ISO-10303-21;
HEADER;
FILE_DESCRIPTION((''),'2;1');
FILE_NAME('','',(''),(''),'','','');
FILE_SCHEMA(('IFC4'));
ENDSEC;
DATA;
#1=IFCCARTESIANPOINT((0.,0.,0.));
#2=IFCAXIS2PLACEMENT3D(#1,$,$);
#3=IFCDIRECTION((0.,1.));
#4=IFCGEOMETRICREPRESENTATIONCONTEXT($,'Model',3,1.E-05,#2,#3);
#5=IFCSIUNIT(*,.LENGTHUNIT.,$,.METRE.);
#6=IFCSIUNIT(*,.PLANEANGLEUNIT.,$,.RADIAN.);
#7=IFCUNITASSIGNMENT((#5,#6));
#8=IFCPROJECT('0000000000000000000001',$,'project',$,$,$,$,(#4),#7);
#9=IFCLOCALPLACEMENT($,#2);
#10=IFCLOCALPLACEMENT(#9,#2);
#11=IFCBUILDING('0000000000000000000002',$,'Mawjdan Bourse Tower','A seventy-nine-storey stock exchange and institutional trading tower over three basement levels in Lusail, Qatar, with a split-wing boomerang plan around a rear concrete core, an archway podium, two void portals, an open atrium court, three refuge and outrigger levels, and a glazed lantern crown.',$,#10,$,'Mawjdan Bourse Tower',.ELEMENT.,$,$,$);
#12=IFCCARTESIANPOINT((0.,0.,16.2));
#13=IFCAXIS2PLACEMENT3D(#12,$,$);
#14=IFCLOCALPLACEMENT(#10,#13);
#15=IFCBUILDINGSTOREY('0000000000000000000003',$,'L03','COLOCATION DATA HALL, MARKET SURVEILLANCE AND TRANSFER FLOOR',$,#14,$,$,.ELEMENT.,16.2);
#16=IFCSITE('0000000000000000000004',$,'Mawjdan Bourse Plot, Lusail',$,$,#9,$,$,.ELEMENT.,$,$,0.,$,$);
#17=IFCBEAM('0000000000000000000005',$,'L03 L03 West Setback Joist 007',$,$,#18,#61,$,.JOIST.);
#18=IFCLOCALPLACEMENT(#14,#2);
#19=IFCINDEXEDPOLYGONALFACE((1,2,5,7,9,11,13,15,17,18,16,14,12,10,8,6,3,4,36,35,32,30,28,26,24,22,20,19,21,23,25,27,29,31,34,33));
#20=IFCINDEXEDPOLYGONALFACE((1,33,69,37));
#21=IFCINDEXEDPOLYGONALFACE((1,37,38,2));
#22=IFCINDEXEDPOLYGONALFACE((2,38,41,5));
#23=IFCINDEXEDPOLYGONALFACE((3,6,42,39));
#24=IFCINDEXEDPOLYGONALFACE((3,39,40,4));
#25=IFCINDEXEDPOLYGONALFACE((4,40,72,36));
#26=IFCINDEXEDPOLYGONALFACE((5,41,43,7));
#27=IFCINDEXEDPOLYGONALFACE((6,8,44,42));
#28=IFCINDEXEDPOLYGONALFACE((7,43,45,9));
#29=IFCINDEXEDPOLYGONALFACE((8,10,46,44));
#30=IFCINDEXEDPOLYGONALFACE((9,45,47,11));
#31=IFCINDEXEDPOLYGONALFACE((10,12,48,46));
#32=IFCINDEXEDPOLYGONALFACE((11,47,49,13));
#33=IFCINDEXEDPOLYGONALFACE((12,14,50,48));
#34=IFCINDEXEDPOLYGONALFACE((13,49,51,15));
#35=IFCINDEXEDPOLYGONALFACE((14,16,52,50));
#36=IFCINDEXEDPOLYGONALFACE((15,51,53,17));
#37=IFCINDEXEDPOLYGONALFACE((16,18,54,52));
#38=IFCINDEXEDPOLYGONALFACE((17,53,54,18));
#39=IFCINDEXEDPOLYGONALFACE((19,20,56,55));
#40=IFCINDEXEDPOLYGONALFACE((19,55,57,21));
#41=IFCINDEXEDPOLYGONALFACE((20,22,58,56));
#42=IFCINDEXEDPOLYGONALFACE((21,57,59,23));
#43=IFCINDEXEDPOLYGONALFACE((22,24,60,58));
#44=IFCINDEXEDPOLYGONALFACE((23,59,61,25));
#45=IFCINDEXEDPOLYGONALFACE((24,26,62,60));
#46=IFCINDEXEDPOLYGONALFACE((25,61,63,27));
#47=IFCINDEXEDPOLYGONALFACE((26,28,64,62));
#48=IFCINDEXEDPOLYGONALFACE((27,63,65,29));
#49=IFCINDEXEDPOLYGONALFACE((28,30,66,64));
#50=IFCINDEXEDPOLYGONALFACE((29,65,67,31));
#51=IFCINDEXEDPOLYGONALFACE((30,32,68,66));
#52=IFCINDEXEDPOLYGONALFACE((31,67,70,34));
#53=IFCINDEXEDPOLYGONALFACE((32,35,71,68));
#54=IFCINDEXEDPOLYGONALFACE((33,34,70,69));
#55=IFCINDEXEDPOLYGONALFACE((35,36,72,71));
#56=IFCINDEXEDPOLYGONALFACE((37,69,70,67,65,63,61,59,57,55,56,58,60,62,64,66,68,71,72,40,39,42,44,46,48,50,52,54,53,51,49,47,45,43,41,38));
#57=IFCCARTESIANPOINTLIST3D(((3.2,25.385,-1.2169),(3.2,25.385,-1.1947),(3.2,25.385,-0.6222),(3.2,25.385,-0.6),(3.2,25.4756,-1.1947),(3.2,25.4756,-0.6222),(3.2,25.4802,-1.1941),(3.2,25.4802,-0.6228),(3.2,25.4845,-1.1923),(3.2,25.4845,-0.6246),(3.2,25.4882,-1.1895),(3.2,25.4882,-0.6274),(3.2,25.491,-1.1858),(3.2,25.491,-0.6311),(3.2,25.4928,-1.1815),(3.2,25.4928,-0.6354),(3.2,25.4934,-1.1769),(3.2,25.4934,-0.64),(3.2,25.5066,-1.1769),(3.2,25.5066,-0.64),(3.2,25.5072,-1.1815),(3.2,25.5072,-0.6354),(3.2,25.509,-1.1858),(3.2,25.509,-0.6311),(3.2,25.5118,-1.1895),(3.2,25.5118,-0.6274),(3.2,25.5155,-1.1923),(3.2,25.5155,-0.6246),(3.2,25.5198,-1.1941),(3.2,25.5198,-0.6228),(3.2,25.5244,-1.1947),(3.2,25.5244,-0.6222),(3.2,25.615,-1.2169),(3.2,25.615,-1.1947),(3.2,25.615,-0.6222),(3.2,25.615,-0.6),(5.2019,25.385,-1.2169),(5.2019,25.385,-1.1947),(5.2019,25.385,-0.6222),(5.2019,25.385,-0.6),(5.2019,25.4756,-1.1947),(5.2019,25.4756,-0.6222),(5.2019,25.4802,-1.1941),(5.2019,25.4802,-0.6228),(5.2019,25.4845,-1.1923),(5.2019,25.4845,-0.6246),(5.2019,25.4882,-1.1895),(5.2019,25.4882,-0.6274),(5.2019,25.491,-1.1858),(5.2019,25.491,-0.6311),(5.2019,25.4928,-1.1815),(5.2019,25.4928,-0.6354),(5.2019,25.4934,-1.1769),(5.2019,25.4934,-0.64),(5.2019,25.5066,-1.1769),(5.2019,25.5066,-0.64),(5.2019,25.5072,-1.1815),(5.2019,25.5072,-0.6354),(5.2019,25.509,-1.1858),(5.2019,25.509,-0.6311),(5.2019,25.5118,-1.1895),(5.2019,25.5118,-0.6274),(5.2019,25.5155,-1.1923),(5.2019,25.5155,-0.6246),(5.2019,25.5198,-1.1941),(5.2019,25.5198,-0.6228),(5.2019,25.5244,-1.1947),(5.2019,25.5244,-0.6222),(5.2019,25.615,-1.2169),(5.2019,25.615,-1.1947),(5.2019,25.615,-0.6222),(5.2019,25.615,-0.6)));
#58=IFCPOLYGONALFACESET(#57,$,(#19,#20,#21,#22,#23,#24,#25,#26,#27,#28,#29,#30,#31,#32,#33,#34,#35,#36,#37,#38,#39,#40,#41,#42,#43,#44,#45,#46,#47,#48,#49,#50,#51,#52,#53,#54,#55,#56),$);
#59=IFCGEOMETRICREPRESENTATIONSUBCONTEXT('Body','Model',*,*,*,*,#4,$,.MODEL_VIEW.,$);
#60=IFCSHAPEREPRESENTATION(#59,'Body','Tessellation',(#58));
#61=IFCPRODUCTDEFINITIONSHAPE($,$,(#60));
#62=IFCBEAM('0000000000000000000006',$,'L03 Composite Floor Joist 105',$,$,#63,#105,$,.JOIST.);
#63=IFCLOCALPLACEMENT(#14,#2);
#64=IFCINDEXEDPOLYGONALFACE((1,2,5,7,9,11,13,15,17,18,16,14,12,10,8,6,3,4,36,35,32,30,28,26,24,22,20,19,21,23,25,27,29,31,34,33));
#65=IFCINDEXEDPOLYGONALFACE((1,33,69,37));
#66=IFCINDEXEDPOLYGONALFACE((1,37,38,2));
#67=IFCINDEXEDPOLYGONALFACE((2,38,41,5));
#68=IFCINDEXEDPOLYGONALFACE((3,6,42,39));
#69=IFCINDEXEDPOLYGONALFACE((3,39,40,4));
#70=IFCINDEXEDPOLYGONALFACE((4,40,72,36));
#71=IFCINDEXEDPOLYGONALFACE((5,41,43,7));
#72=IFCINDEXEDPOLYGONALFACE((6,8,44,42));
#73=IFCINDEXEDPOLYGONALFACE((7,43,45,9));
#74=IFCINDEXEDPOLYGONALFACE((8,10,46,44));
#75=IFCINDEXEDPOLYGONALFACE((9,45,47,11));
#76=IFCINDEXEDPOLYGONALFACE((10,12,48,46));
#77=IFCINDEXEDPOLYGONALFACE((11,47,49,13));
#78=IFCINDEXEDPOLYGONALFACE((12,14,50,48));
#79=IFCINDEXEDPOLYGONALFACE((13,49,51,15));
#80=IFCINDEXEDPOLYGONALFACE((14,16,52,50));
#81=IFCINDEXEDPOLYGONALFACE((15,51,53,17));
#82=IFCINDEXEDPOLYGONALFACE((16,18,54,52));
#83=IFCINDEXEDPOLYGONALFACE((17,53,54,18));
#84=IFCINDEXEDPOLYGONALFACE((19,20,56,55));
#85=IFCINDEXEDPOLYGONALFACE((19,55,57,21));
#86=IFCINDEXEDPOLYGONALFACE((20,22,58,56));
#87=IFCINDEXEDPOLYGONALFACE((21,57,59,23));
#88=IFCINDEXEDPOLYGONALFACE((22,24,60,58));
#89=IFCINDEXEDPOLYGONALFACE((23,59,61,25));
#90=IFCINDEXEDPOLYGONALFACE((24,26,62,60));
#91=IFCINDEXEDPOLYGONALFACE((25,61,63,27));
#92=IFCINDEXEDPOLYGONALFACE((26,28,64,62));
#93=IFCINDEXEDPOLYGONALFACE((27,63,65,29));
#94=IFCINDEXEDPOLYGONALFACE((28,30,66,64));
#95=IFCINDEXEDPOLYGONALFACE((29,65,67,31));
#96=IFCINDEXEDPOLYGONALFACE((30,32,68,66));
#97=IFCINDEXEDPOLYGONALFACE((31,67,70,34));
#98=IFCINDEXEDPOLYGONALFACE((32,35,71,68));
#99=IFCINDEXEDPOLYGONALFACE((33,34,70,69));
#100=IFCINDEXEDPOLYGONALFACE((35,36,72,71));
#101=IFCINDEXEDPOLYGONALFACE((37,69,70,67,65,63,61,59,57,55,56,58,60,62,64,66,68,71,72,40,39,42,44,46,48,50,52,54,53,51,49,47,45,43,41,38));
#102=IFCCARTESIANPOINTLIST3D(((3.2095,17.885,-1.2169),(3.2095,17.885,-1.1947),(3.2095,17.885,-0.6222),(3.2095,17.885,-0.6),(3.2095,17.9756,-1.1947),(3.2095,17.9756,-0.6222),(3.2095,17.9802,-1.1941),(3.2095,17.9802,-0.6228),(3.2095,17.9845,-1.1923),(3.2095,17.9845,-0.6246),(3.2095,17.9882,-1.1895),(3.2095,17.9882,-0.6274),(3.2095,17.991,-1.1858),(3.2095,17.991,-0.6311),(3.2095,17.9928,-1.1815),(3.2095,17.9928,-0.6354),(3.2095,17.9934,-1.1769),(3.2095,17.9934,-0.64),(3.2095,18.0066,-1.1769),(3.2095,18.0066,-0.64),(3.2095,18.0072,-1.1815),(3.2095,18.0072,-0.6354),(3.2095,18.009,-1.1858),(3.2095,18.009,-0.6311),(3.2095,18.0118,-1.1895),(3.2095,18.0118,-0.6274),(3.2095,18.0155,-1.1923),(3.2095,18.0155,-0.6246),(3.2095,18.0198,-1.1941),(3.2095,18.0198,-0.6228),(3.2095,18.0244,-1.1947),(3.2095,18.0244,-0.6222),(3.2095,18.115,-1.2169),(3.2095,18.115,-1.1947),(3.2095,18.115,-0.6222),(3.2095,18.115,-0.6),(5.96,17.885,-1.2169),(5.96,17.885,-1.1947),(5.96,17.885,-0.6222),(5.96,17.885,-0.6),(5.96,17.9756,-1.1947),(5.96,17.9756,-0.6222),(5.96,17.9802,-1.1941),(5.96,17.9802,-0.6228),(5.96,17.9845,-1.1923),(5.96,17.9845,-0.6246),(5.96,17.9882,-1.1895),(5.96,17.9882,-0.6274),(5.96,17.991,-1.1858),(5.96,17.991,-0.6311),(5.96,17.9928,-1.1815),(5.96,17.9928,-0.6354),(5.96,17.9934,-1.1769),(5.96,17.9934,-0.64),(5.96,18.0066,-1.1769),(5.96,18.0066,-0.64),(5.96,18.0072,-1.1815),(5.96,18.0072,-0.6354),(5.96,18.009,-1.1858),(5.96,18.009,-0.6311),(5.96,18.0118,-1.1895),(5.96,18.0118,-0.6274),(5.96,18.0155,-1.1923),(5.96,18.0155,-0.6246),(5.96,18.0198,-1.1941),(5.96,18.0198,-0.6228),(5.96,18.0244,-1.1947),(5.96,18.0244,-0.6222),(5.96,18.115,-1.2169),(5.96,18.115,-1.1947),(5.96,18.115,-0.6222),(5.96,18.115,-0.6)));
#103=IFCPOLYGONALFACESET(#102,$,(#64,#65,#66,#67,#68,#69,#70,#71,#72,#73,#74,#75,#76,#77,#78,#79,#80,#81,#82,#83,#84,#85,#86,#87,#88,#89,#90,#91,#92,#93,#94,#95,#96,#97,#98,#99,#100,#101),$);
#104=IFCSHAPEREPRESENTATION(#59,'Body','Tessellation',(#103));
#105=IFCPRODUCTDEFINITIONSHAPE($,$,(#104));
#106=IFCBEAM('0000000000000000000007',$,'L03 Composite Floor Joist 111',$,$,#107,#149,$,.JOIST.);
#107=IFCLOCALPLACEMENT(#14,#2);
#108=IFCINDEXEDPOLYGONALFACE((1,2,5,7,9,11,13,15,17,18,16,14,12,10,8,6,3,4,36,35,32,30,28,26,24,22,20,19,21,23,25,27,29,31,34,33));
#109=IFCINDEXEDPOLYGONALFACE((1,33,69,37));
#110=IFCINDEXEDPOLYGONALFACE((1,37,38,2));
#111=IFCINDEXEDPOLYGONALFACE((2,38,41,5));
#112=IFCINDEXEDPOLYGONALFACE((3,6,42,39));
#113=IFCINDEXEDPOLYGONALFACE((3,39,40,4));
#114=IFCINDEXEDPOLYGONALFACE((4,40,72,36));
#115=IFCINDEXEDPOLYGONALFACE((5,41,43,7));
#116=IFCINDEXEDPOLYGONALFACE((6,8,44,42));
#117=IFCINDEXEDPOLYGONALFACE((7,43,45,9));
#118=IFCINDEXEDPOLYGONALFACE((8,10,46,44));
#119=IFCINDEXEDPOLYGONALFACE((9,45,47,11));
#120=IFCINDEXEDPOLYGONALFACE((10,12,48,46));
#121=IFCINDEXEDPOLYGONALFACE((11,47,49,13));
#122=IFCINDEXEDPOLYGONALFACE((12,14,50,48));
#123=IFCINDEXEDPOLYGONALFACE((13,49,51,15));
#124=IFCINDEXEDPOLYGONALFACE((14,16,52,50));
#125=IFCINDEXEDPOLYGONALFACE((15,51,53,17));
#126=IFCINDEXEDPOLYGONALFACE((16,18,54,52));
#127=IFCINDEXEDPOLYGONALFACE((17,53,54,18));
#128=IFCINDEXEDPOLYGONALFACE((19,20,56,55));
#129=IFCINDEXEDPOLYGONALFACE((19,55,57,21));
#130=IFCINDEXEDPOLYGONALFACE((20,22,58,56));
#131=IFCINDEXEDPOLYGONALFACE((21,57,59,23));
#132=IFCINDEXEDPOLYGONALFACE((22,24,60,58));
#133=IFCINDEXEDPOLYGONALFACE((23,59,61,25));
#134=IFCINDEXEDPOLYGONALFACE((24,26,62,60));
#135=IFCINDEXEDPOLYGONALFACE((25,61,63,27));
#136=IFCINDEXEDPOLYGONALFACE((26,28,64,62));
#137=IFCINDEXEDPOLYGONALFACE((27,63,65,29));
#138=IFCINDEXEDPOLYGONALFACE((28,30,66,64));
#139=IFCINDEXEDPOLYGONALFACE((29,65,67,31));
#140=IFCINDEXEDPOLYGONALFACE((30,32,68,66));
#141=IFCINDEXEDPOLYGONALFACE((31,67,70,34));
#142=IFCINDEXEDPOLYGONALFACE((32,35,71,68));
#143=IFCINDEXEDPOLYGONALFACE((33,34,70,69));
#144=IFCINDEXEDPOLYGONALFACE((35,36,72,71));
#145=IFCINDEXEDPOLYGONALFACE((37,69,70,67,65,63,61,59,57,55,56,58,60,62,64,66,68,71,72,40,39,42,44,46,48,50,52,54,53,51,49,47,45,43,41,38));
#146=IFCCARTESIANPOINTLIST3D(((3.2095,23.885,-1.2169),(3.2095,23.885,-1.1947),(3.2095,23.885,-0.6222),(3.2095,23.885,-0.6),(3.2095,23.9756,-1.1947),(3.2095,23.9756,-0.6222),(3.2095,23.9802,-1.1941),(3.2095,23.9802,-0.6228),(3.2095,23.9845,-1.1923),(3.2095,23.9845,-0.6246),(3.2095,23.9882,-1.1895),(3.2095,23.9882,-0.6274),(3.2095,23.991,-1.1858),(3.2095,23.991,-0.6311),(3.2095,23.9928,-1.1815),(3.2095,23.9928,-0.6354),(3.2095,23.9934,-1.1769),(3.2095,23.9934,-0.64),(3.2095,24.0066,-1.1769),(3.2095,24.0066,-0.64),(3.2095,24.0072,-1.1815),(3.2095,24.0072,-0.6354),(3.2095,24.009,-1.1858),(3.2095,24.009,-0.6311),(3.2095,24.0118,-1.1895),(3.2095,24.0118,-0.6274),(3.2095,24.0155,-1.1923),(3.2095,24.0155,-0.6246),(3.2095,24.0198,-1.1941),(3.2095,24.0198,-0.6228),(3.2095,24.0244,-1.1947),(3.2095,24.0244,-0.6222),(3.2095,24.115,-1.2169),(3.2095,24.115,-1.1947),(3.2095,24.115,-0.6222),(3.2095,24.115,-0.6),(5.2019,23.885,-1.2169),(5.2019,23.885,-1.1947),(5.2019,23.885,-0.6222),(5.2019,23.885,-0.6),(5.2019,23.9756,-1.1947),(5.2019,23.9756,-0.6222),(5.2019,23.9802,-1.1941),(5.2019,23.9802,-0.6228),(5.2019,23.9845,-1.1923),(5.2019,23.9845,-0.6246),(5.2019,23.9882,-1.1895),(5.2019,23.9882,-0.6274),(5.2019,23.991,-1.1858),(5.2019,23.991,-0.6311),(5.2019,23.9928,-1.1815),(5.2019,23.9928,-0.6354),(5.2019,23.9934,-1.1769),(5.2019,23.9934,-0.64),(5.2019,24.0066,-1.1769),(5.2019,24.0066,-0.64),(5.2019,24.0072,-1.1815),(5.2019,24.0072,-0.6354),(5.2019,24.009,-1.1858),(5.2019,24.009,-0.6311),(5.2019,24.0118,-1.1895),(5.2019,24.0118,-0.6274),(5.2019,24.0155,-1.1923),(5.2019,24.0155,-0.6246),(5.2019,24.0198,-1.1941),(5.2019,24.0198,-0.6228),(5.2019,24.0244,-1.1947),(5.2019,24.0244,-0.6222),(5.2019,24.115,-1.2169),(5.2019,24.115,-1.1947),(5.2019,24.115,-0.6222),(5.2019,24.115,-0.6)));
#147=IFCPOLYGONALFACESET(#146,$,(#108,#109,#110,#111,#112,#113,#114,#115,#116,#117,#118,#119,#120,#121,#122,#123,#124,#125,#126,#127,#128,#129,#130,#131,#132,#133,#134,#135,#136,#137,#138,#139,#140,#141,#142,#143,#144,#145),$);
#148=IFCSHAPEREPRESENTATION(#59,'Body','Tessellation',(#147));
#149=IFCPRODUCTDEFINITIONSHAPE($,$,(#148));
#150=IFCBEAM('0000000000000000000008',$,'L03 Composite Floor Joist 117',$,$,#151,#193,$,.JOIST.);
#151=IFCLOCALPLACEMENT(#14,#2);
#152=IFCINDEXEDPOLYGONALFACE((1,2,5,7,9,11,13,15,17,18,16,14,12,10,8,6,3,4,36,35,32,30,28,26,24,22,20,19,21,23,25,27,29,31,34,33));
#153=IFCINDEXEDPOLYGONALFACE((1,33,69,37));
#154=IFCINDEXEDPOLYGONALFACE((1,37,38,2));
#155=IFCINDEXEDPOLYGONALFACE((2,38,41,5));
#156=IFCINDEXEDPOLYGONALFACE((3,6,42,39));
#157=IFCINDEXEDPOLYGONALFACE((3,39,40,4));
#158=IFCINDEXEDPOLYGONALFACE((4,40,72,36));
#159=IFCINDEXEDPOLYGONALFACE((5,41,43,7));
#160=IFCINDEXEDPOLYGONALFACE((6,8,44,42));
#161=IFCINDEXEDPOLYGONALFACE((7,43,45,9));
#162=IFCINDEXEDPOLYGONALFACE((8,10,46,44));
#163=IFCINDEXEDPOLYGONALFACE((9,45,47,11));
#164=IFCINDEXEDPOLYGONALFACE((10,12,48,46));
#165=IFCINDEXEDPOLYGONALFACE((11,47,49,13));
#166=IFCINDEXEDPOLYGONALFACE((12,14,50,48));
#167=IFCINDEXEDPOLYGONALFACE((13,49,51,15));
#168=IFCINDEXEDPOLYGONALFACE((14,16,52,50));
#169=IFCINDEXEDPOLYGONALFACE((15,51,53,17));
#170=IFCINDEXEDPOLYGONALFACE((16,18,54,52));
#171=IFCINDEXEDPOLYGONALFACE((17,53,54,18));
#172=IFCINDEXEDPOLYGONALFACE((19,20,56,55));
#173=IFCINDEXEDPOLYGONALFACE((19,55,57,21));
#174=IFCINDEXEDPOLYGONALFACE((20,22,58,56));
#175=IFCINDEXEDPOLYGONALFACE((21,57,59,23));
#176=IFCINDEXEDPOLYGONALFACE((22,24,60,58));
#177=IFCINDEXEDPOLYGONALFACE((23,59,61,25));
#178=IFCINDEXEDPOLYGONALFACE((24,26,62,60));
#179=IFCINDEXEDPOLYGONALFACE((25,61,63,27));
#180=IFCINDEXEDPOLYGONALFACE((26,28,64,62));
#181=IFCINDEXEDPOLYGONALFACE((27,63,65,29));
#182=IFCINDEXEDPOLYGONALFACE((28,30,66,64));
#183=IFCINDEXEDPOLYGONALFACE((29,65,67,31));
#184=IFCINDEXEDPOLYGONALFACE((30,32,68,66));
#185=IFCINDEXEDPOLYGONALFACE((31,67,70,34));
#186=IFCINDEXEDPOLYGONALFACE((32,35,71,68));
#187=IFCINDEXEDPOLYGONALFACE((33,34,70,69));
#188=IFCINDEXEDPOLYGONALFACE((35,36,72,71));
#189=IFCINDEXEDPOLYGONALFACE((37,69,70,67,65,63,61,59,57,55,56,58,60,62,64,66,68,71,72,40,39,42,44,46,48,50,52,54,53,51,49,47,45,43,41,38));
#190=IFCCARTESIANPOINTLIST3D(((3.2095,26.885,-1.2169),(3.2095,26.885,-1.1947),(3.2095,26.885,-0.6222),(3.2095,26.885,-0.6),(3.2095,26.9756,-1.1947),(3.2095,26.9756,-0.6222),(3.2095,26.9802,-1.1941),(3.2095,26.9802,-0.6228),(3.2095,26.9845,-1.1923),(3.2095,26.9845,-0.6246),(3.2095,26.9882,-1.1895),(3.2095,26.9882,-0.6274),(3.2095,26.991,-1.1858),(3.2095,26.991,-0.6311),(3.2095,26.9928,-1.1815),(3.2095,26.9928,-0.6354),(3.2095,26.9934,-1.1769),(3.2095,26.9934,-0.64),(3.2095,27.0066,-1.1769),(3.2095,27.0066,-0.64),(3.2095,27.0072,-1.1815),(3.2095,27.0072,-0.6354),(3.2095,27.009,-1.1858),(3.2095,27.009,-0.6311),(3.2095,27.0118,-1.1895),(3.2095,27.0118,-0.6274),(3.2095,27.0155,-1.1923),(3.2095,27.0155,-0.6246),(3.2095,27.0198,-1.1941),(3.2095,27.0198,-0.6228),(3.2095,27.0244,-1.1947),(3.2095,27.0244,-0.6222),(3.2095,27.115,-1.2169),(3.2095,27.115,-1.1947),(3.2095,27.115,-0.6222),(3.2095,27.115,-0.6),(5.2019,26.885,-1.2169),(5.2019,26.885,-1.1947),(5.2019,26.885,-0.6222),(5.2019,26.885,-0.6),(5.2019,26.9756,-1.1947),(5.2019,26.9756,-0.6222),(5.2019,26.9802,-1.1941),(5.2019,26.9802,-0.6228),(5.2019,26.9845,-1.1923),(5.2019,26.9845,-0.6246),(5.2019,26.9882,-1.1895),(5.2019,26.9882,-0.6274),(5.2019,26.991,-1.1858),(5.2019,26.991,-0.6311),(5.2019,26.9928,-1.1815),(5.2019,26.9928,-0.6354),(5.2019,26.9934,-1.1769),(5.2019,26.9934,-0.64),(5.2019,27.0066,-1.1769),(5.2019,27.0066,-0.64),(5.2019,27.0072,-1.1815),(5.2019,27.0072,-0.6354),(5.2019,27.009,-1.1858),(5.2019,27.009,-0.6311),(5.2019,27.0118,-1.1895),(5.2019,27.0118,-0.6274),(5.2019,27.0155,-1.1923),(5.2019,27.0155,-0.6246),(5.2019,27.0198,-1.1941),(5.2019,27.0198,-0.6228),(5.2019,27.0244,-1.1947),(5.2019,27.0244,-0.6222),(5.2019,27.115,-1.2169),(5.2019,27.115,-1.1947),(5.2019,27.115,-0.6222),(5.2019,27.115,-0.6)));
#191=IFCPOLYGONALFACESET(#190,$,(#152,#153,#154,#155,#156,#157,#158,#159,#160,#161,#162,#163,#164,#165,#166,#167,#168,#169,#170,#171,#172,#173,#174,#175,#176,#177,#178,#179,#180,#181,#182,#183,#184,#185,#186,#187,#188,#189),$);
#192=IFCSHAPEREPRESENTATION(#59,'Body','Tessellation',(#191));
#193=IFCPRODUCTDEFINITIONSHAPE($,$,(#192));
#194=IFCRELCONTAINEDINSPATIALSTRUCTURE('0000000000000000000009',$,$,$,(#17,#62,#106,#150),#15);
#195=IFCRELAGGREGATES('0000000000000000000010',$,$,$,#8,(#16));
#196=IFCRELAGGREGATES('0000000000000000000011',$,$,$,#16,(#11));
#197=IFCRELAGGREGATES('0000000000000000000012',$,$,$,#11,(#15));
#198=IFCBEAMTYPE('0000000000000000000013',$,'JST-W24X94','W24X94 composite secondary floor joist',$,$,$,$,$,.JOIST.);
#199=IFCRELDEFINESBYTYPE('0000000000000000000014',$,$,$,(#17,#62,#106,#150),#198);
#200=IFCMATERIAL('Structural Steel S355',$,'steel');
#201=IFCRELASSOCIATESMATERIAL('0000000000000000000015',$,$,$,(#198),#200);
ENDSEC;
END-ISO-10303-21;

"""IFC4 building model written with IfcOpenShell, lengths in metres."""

from ifc_helpers import new_model, si_unit, direction, frame, origin, origin_2d, place, context, subcontext, project, spatial, i_section, extrude, material, material_profile, profile_set, type_object, element, save


model = new_model("IFC4")

# Units and contexts
model_context = context("Model", 3, precision=1e-05, world=origin(), true_north=direction((0.0, 1.0)))
body_context = subcontext(model_context, "Body", "Model", "MODEL_VIEW")
ifc_project = project(units=[si_unit("LENGTHUNIT", "METRE"), si_unit("PLANEANGLEUNIT", "RADIAN")], contexts=[model_context])

# Site, building, storey
site_placement = place(None, origin())
site = spatial("IfcSite", under=ifc_project, at=site_placement, Name="Mawjdan Bourse Plot, Lusail", CompositionType="ELEMENT", RefElevation=0.0)
building_placement = place(site_placement, origin())
building = spatial("IfcBuilding", under=site, at=building_placement, Name="Mawjdan Bourse Tower", Description="A seventy-nine-storey stock exchange and institutional trading tower over three basement levels in Lusail, Qatar, with a split-wing boomerang plan around a rear concrete core, an archway podium, two void portals, an open atrium court, three refuge and outrigger levels, and a glazed lantern crown.", LongName="Mawjdan Bourse Tower", CompositionType="ELEMENT")
storey_placement = place(building_placement, frame((0.0, 0.0, 16.2)))
storey = spatial("IfcBuildingStorey", under=building, at=storey_placement, Name="L03", Description="COLOCATION DATA HALL, MARKET SURVEILLANCE AND TRANSFER FLOOR", CompositionType="ELEMENT", Elevation=16.2)

# Beams
ifc_material_1 = material(Name="Structural Steel S355", Category="steel")
ifc_material_profile_1 = material_profile(ifc_material_1, i_section(OverallWidth=0.23, OverallDepth=0.6169, WebThickness=0.0132, FlangeThickness=0.0222, FilletRadius=0.0178, at=origin_2d()), Name="W24X94")
ifc_profile_set_1 = profile_set([ifc_material_profile_1], Name="Structural Steel S355")
beam_type_1 = type_object("IfcBeamType", Name="JST-W24X94", Description="W24X94 composite secondary floor joist", PredefinedType="JOIST", material=ifc_profile_set_1)
beam_1_placement = place(storey_placement, frame((3.2, 25.5, -0.9084), z_axis=(1.0, 0.0, 0.0), x_axis=(0.0, 1.0, 0.0)))
element("IfcBeam", 1, at=beam_1_placement, inside=storey, type_object=beam_type_1, Name="L03 L03 West Setback Joist 007", PredefinedType="JOIST", context=body_context, shape_type="SweptSolid", body=[
    extrude(i_section(OverallWidth=0.23, OverallDepth=0.6169, WebThickness=0.0132, FlangeThickness=0.0222, FilletRadius=0.0178, at=origin_2d()), origin(), (0.0, 0.0, 1.0), 2.002),
])
beam_2_placement = place(storey_placement, frame((3.2095, 18.0, -0.9084), z_axis=(1.0, 0.0, 0.0), x_axis=(0.0, 1.0, 0.0)))
element("IfcBeam", 2, at=beam_2_placement, inside=storey, type_object=beam_type_1, Name="L03 Composite Floor Joist 105", PredefinedType="JOIST", context=body_context, shape_type="SweptSolid", body=[
    extrude(i_section(OverallWidth=0.23, OverallDepth=0.6169, WebThickness=0.0132, FlangeThickness=0.0222, FilletRadius=0.0178, at=origin_2d()), origin(), (0.0, 0.0, 1.0), 2.7505),
])
for number, where, z_axis, x_axis, name in (
    (3, (3.2095, 24.0, -0.9084), (1.0, 0.0, 0.0), (0.0, 1.0, 0.0), "L03 Composite Floor Joist 111"),
    (4, (3.2095, 27.0, -0.9084), (1.0, 0.0, 0.0), (0.0, 1.0, 0.0), "L03 Composite Floor Joist 117"),
):
    element("IfcBeam", number, at=place(storey_placement, frame(where, z_axis=z_axis, x_axis=x_axis)), inside=storey, type_object=beam_type_1, Name=name, PredefinedType="JOIST", context=body_context, shape_type="SweptSolid", body=[
        extrude(i_section(OverallWidth=0.23, OverallDepth=0.6169, WebThickness=0.0132, FlangeThickness=0.0222, FilletRadius=0.0178, at=origin_2d()), origin(), (0.0, 0.0, 1.0), 1.9924),
    ])

save(model, "model.ifc")
